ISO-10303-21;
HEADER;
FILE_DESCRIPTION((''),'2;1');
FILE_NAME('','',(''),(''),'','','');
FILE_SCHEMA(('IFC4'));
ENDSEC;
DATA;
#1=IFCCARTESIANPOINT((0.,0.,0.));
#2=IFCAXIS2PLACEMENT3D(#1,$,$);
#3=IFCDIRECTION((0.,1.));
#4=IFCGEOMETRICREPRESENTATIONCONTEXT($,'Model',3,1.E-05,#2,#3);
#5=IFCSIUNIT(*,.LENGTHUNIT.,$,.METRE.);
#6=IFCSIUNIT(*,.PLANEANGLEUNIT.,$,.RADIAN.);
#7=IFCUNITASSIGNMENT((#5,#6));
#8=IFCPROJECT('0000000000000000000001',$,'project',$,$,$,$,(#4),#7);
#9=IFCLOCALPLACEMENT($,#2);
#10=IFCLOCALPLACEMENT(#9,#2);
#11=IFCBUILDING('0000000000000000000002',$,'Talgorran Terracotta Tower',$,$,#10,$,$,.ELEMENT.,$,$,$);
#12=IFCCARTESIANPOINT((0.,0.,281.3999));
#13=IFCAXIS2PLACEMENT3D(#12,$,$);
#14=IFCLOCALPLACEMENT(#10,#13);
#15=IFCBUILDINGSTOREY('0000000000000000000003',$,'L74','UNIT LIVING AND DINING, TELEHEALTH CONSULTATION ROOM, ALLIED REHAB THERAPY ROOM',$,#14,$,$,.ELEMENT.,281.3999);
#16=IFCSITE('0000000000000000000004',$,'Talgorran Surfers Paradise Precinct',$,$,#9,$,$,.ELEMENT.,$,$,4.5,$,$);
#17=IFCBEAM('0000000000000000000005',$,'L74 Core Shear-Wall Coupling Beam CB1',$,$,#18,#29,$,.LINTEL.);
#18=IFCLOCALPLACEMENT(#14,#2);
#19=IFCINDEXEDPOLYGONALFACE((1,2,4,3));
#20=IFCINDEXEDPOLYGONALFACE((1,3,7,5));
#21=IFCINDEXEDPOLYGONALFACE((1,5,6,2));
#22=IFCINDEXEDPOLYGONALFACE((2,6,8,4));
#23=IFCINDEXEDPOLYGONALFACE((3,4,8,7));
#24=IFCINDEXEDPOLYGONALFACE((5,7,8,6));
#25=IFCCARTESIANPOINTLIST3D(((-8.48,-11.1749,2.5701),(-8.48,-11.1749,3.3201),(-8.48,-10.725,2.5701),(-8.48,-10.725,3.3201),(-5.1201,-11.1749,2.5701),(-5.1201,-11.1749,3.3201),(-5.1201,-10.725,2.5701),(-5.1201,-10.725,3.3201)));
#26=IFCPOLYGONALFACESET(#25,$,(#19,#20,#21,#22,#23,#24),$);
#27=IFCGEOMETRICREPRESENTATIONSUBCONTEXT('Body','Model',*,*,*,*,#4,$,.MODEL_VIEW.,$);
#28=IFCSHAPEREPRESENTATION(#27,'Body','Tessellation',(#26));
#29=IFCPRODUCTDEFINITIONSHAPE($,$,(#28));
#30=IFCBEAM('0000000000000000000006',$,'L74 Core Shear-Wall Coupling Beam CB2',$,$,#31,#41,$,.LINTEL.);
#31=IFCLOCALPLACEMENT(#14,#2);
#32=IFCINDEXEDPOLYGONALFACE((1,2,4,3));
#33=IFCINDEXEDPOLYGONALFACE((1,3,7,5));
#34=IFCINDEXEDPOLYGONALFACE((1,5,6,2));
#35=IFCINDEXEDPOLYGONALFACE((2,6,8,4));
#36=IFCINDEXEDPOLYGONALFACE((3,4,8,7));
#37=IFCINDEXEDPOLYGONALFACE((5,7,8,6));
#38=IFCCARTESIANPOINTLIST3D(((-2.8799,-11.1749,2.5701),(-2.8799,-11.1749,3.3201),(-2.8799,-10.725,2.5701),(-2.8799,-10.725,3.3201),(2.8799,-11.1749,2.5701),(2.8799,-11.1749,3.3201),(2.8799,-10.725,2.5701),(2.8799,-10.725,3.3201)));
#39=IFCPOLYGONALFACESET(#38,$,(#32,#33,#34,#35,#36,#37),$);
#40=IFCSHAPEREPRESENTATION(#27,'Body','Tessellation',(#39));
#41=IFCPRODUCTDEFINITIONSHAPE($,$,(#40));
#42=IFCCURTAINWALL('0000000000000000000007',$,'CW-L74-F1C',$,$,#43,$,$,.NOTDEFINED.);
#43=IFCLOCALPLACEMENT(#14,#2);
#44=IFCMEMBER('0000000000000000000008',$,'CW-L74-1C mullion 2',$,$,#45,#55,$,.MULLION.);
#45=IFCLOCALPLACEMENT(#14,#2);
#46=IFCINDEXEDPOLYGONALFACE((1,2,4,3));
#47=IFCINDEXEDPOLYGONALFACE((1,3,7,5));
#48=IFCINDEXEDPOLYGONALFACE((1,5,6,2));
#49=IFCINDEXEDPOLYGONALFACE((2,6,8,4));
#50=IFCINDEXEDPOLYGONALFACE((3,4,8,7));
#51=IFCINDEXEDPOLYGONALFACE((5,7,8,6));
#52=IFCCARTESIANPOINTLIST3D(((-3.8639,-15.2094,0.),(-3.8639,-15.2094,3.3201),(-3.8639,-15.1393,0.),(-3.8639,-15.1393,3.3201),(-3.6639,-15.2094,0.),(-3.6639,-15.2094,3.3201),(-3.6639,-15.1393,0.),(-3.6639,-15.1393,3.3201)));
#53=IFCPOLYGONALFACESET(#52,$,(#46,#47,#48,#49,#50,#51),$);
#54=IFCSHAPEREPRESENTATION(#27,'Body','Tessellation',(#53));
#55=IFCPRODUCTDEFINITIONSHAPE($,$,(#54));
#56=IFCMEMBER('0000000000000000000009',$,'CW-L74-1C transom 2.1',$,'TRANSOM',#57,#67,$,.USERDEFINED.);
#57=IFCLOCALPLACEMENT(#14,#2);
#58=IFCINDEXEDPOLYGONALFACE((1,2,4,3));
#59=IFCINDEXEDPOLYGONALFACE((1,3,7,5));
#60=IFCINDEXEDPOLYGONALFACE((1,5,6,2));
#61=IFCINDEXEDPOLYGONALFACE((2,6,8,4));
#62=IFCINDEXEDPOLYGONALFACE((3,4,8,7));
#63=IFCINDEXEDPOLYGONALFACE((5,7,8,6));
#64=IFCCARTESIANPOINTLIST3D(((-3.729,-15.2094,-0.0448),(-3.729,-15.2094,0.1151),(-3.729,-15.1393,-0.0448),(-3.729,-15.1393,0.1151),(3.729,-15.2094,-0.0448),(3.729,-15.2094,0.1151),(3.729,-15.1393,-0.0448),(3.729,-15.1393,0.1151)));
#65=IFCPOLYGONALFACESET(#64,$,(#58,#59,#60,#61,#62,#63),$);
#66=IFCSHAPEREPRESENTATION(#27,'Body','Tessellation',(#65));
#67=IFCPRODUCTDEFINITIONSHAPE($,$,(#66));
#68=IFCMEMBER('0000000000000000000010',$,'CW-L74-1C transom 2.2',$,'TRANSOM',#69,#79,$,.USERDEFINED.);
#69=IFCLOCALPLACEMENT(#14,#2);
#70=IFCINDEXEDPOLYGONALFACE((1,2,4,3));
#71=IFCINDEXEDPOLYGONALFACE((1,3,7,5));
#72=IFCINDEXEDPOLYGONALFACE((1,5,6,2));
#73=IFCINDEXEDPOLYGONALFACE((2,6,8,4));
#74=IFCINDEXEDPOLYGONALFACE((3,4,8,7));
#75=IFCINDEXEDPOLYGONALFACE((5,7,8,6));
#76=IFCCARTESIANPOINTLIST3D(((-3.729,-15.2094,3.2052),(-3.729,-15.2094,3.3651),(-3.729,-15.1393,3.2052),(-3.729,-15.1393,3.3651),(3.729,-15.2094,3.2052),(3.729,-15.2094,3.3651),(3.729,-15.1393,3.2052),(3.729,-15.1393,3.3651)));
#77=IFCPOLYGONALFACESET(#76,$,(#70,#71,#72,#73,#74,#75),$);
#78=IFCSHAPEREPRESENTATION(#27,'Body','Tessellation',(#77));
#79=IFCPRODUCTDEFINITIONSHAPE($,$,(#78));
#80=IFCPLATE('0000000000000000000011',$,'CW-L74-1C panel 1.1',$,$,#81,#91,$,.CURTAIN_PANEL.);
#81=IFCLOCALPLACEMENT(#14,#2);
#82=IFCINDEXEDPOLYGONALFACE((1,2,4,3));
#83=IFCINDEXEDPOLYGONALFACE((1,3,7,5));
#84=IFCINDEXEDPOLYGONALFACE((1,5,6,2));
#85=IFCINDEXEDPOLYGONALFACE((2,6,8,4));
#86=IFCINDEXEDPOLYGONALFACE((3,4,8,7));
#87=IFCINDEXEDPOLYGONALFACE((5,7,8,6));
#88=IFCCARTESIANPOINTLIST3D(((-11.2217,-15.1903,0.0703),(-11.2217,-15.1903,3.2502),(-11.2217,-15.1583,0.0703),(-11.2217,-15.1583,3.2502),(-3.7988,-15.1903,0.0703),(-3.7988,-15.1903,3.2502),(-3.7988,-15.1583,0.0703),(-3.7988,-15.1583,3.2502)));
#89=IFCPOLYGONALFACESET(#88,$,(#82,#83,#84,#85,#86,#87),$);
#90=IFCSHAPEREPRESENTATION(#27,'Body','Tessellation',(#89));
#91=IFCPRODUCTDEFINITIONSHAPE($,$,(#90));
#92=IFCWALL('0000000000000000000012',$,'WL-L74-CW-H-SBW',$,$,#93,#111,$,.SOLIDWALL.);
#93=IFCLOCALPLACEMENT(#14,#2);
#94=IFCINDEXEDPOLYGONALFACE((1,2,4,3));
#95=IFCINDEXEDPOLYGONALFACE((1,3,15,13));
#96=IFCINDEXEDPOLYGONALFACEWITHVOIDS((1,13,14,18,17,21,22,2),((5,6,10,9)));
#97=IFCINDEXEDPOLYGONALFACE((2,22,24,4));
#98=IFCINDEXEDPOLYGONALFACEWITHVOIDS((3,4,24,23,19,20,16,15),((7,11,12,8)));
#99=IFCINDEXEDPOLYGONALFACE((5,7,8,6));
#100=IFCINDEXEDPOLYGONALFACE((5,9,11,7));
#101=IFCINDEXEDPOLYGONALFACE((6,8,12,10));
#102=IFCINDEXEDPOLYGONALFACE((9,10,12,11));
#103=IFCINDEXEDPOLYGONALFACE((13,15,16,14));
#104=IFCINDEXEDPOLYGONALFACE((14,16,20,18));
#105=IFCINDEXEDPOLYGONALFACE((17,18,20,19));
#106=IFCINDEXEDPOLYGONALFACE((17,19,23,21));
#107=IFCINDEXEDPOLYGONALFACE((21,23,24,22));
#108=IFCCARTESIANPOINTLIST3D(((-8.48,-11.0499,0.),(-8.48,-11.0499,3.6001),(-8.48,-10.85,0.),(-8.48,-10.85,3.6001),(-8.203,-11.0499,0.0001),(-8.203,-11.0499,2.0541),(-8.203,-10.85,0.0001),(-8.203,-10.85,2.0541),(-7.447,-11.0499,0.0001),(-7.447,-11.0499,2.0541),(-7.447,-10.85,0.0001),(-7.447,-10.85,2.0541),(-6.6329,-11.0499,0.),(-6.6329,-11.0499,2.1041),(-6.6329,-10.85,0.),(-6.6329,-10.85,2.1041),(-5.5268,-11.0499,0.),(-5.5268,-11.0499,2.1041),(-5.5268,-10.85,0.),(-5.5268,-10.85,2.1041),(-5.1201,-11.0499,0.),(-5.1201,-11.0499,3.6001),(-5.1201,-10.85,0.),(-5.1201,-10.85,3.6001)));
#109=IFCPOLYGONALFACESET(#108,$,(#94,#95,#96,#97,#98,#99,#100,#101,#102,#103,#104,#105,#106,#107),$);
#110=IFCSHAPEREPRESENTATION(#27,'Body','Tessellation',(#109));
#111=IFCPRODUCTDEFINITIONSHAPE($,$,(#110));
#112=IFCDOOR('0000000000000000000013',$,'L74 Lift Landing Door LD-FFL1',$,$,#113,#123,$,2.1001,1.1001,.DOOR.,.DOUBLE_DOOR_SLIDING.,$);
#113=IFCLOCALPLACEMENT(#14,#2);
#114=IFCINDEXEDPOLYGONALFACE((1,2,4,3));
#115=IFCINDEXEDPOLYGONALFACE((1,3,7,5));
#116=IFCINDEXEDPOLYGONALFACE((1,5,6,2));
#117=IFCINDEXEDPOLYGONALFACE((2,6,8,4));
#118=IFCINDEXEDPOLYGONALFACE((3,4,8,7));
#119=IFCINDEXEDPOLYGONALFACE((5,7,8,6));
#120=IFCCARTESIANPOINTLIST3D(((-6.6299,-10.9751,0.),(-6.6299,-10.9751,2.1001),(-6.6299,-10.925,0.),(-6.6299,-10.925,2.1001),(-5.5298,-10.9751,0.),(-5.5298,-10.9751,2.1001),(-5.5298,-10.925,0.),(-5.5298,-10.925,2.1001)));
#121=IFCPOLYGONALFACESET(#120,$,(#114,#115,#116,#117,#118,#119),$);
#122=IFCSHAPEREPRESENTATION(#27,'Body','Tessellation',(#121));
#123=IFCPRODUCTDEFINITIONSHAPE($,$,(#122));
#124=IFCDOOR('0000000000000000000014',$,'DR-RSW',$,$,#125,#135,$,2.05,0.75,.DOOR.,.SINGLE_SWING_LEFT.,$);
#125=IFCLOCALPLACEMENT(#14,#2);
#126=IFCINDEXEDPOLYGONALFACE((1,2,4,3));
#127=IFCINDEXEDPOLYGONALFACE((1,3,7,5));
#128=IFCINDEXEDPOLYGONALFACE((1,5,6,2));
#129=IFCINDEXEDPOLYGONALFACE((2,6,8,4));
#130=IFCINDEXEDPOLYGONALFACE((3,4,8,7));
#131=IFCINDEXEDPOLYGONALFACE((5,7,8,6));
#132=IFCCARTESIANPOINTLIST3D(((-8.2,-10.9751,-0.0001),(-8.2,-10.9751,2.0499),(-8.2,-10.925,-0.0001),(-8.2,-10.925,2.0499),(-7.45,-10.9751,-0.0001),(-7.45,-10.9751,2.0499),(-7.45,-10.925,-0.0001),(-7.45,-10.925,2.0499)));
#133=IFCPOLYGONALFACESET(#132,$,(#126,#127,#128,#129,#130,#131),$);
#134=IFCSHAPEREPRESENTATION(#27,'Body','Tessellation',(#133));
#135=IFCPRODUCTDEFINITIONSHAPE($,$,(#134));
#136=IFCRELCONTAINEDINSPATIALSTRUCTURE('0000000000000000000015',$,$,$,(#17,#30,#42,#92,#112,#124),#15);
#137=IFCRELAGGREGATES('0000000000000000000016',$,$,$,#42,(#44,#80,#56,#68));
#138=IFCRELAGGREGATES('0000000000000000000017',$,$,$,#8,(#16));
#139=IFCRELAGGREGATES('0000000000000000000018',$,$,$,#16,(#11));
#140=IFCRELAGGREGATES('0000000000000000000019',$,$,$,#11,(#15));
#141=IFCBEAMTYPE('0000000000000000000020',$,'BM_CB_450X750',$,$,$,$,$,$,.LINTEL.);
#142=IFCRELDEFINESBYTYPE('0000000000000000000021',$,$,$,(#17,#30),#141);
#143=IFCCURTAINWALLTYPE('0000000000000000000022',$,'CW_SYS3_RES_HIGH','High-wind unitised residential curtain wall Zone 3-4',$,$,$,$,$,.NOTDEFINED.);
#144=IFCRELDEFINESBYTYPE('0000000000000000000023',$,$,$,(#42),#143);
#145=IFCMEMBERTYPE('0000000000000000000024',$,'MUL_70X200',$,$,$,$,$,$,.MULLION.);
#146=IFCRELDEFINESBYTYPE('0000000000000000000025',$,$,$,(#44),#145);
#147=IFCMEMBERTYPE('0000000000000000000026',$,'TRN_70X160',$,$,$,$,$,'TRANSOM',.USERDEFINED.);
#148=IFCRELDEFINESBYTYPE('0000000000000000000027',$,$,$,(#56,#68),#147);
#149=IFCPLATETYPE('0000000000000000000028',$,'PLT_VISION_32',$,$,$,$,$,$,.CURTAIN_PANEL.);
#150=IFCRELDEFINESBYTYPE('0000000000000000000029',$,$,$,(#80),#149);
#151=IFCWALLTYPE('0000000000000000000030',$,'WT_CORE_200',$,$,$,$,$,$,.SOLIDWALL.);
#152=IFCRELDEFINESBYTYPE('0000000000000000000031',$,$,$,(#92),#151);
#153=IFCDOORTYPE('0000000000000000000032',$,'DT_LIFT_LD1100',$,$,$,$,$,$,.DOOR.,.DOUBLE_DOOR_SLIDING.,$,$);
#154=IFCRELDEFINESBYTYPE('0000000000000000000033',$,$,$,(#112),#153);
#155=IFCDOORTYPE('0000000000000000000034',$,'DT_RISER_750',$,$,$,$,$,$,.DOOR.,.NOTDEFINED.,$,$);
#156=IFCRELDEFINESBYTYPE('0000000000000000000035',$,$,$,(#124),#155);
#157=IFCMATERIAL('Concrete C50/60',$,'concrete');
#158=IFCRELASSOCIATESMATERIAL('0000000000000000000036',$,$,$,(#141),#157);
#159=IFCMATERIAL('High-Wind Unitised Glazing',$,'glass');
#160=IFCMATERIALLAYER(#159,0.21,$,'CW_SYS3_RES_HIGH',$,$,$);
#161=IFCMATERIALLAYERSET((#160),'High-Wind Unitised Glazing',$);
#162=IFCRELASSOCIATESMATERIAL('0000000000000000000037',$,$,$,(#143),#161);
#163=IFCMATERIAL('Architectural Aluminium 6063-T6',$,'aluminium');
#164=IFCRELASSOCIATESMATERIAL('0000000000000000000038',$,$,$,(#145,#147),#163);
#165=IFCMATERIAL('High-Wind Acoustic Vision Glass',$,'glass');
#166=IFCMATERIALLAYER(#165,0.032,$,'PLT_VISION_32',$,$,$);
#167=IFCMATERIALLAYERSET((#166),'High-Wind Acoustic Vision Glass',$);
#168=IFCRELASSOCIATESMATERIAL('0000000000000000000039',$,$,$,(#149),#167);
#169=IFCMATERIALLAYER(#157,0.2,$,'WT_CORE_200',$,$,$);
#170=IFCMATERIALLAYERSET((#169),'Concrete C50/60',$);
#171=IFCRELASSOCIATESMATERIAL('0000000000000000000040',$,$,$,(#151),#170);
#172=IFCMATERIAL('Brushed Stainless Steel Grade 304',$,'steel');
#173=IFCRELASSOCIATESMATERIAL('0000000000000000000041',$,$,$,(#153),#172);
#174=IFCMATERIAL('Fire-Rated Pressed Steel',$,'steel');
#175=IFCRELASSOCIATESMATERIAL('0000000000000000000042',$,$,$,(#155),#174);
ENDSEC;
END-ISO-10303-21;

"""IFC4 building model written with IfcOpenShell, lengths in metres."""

from ifc_helpers import new_model, si_unit, direction, frame, frame_2d, origin, origin_2d, place, context, subcontext, project, spatial, rectangle, extrude, source, transform, mapped, material, layer, layer_set, material_profile, profile_set, type_object, type_shapes, element, fill, aggregate, save


model = new_model("IFC4")

# Units and contexts
model_context = context("Model", 3, precision=1e-05, world=origin(), true_north=direction((0.0, 1.0)))
body_context = subcontext(model_context, "Body", "Model", "MODEL_VIEW")
ifc_project = project(units=[si_unit("LENGTHUNIT", "METRE"), si_unit("PLANEANGLEUNIT", "RADIAN")], contexts=[model_context])

# Site, building, storey
site_placement = place(None, origin())
site = spatial("IfcSite", under=ifc_project, at=site_placement, Name="Talgorran Surfers Paradise Precinct", CompositionType="ELEMENT", RefElevation=4.5)
building_placement = place(site_placement, origin())
building = spatial("IfcBuilding", under=site, at=building_placement, Name="Talgorran Terracotta Tower", CompositionType="ELEMENT")
storey_placement = place(building_placement, frame((0.0, 0.0, 281.3999)))
storey = spatial("IfcBuildingStorey", under=building, at=storey_placement, Name="L74", Description="UNIT LIVING AND DINING, TELEHEALTH CONSULTATION ROOM, ALLIED REHAB THERAPY ROOM", CompositionType="ELEMENT", Elevation=281.3999)

# Beams
ifc_material_1 = material(Name="Concrete C50/60", Category="concrete")
ifc_material_profile_1 = material_profile(ifc_material_1, rectangle(XDim=0.45, YDim=0.75, at=origin_2d()), Name="RCCB450X750")
ifc_profile_set_1 = profile_set([ifc_material_profile_1], Name="Concrete C50/60")
beam_type = type_object("IfcBeamType", Name="BM_CB_450X750", PredefinedType="LINTEL", material=ifc_profile_set_1)
beam_1_placement = place(storey_placement, frame((-8.48, -10.95, 2.9451), z_axis=(1.0, 0.0, 0.0), x_axis=(0.0, 1.0, 0.0)))
element("IfcBeam", 1, at=beam_1_placement, inside=storey, type_object=beam_type, Name="L74 Core Shear-Wall Coupling Beam CB1", PredefinedType="LINTEL", context=body_context, shape_type="SweptSolid", body=[
    extrude(rectangle(XDim=0.45, YDim=0.75, at=origin_2d()), origin(), (0.0, 0.0, 1.0), 3.3599),
])
beam_2_placement = place(storey_placement, frame((-2.8799, -10.95, 2.9451), z_axis=(1.0, 0.0, 0.0), x_axis=(0.0, 1.0, 0.0)))
element("IfcBeam", 2, at=beam_2_placement, inside=storey, type_object=beam_type, Name="L74 Core Shear-Wall Coupling Beam CB2", PredefinedType="LINTEL", context=body_context, shape_type="SweptSolid", body=[
    extrude(rectangle(XDim=0.45, YDim=0.75, at=origin_2d()), origin(), (0.0, 0.0, 1.0), 5.7598),
])

# Curtain wall, members, plate
ifc_material_2 = material(Name="High-Wind Unitised Glazing", Category="glass")
ifc_layer_1 = layer(ifc_material_2, 0.21, Name="CW_SYS3_RES_HIGH")
ifc_layer_set_1 = layer_set([ifc_layer_1], Name="High-Wind Unitised Glazing")
curtain_wall_type = type_object("IfcCurtainWallType", Name="CW_SYS3_RES_HIGH", Description="High-wind unitised residential curtain wall Zone 3-4", PredefinedType="NOTDEFINED", material=ifc_layer_set_1)
curtain_wall_placement = place(storey_placement, origin())
curtain_wall = element("IfcCurtainWall", 3, at=curtain_wall_placement, inside=storey, type_object=curtain_wall_type, Name="CW-L74-F1C", PredefinedType="NOTDEFINED")
ifc_material_3 = material(Name="Architectural Aluminium 6063-T6", Category="aluminium")
ifc_material_profile_2 = material_profile(ifc_material_3, rectangle(XDim=0.0701, YDim=0.2, at=origin_2d()), Name="CWM70X200")
ifc_profile_set_2 = profile_set([ifc_material_profile_2], Name="Architectural Aluminium 6063-T6")
member_type_1 = type_object("IfcMemberType", Name="MUL_70X200", PredefinedType="MULLION", material=ifc_profile_set_2)
member_1_placement = place(storey_placement, frame((-3.7639, -15.1743, 0.0), z_axis=(0.0, 0.0, 1.0), x_axis=(0.0, 1.0, 0.0)))
member_1 = element("IfcMember", 4, at=member_1_placement, type_object=member_type_1, Name="CW-L74-1C mullion 2", PredefinedType="MULLION", context=body_context, shape_type="SweptSolid", body=[
    extrude(rectangle(XDim=0.0701, YDim=0.2, at=origin_2d()), origin(), (0.0, 0.0, 1.0), 3.3201),
])
ifc_material_profile_3 = material_profile(ifc_material_3, rectangle(XDim=0.0701, YDim=0.1599, at=origin_2d()), Name="CWT70X160")
ifc_profile_set_3 = profile_set([ifc_material_profile_3], Name="Architectural Aluminium 6063-T6")
member_type_2 = type_object("IfcMemberType", Name="TRN_70X160", ElementType="TRANSOM", PredefinedType="USERDEFINED", material=ifc_profile_set_3)
member_2_placement = place(storey_placement, frame((-3.729, -15.1743, 0.0352), z_axis=(1.0, 0.0, 0.0), x_axis=(0.0, 1.0, 0.0)))
member_2 = element("IfcMember", 5, at=member_2_placement, type_object=member_type_2, Name="CW-L74-1C transom 2.1", ObjectType="TRANSOM", PredefinedType="USERDEFINED", context=body_context, shape_type="SweptSolid", body=[
    extrude(rectangle(XDim=0.0701, YDim=0.1599, at=origin_2d()), origin(), (0.0, 0.0, 1.0), 7.458),
])
member_3_placement = place(storey_placement, frame((-3.729, -15.1743, 3.2852), z_axis=(1.0, 0.0, 0.0), x_axis=(0.0, 1.0, 0.0)))
member_3 = element("IfcMember", 6, at=member_3_placement, type_object=member_type_2, Name="CW-L74-1C transom 2.2", ObjectType="TRANSOM", PredefinedType="USERDEFINED", context=body_context, shape_type="SweptSolid", body=[
    extrude(rectangle(XDim=0.0701, YDim=0.1599, at=origin_2d()), origin(), (0.0, 0.0, 1.0), 7.458),
])
ifc_material_4 = material(Name="High-Wind Acoustic Vision Glass", Category="glass")
ifc_layer_2 = layer(ifc_material_4, 0.032, Name="PLT_VISION_32")
ifc_layer_set_2 = layer_set([ifc_layer_2], Name="High-Wind Acoustic Vision Glass")
plate_type = type_object("IfcPlateType", Name="PLT_VISION_32", PredefinedType="CURTAIN_PANEL", material=ifc_layer_set_2)
shared_shape = source(origin(), body_context, "Body", "SweptSolid", [
    extrude(rectangle(XDim=7.4229, YDim=0.032, at=origin_2d()), origin(), (0.0, 0.0, 1.0), 3.1799),
])
type_shapes(plate_type, [shared_shape])
plate_placement = place(storey_placement, frame((-7.5103, -15.1743, 0.0703), z_axis=(0.0, 0.0, 1.0), x_axis=(1.0, 0.0, 0.0)))
plate = element("IfcPlate", 7, at=plate_placement, type_object=plate_type, Name="CW-L74-1C panel 1.1", PredefinedType="CURTAIN_PANEL", context=body_context, shape_type="MappedRepresentation", body=[
    mapped(shared_shape, transform((0.0, 0.0, 0.0), scale=1.0)),
])
aggregate(curtain_wall, [member_1, plate, member_2, member_3])

# Wall, openings, doors
ifc_layer_3 = layer(ifc_material_1, 0.2, Name="WT_CORE_200")
ifc_layer_set_3 = layer_set([ifc_layer_3], Name="Concrete C50/60")
wall_type_1 = type_object("IfcWallType", Name="WT_CORE_200", PredefinedType="SOLIDWALL", material=ifc_layer_set_3)
wall_1_placement = place(storey_placement, frame((-8.48, -10.95, 0.0), z_axis=(0.0, 0.0, 1.0), x_axis=(1.0, 0.0, 0.0)))
wall_1 = element("IfcWall", 8, at=wall_1_placement, inside=storey, type_object=wall_type_1, Name="WL-L74-CW-H-SBW", PredefinedType="SOLIDWALL", context=body_context, shape_type="SweptSolid", body=[
    extrude(rectangle(XDim=3.3599, YDim=0.2, at=frame_2d((1.6799, 0.0))), origin(), (0.0, 0.0, 1.0), 3.6001),
])
opening_1_placement = place(wall_1_placement, frame((0.28, 0.0, 0.0)))
opening_1 = element("IfcOpeningElement", 9, at=opening_1_placement, cuts=wall_1, PredefinedType="OPENING", context=body_context, shape_type="SweptSolid", body=[
    extrude(rectangle(XDim=0.756, YDim=2.054, at=frame_2d((0.375, 1.0271))), frame((0.0, 0.1099, 0.0), z_axis=(0.0, -1.0, 0.0), x_axis=(1.0, 0.0, 0.0)), (0.0, 0.0, 1.0), 0.22),
])
opening_2_placement = place(wall_1_placement, frame((1.8501, 0.0, 0.0)))
opening_2 = element("IfcOpeningElement", 10, at=opening_2_placement, cuts=wall_1, PredefinedType="OPENING", context=body_context, shape_type="SweptSolid", body=[
    extrude(rectangle(XDim=1.1061, YDim=2.1041, at=frame_2d((0.55, 1.052))), frame((0.0, 0.1099, 0.0), z_axis=(0.0, -1.0, 0.0), x_axis=(1.0, 0.0, 0.0)), (0.0, 0.0, 1.0), 0.22),
])
ifc_material_5 = material(Name="Brushed Stainless Steel Grade 304", Category="steel")
door_type_1 = type_object("IfcDoorType", Name="DT_LIFT_LD1100", OperationType="DOUBLE_DOOR_SLIDING", PredefinedType="DOOR", material=ifc_material_5)
door_1_placement = place(opening_2_placement, origin())
door_1 = element("IfcDoor", 11, at=door_1_placement, inside=storey, type_object=door_type_1, Name="L74 Lift Landing Door LD-FFL1", OperationType="DOUBLE_DOOR_SLIDING", OverallHeight=2.1001, OverallWidth=1.1001, PredefinedType="DOOR", context=body_context, shape_type="SweptSolid", body=[
    extrude(rectangle(XDim=1.1001, YDim=2.1001, at=frame_2d((0.55, 1.05))), frame((0.0, 0.0249, 0.0), z_axis=(0.0, -1.0, 0.0), x_axis=(1.0, 0.0, 0.0)), (0.0, 0.0, 1.0), 0.05),
])
fill(opening_2, door_1)
ifc_material_6 = material(Name="Fire-Rated Pressed Steel", Category="steel")
door_type_2 = type_object("IfcDoorType", Name="DT_RISER_750", OperationType="NOTDEFINED", PredefinedType="DOOR", material=ifc_material_6)
door_2_placement = place(opening_1_placement, origin())
door_2 = element("IfcDoor", 12, at=door_2_placement, inside=storey, type_object=door_type_2, Name="DR-RSW", OperationType="SINGLE_SWING_LEFT", OverallHeight=2.05, OverallWidth=0.75, PredefinedType="DOOR", context=body_context, shape_type="SweptSolid", body=[
    extrude(rectangle(XDim=0.75, YDim=2.05, at=frame_2d((0.375, 1.0249))), frame((0.0, 0.0249, 0.0), z_axis=(0.0, -1.0, 0.0), x_axis=(1.0, 0.0, 0.0)), (0.0, 0.0, 1.0), 0.05),
])
fill(opening_1, door_2)

save(model, "model.ifc")
